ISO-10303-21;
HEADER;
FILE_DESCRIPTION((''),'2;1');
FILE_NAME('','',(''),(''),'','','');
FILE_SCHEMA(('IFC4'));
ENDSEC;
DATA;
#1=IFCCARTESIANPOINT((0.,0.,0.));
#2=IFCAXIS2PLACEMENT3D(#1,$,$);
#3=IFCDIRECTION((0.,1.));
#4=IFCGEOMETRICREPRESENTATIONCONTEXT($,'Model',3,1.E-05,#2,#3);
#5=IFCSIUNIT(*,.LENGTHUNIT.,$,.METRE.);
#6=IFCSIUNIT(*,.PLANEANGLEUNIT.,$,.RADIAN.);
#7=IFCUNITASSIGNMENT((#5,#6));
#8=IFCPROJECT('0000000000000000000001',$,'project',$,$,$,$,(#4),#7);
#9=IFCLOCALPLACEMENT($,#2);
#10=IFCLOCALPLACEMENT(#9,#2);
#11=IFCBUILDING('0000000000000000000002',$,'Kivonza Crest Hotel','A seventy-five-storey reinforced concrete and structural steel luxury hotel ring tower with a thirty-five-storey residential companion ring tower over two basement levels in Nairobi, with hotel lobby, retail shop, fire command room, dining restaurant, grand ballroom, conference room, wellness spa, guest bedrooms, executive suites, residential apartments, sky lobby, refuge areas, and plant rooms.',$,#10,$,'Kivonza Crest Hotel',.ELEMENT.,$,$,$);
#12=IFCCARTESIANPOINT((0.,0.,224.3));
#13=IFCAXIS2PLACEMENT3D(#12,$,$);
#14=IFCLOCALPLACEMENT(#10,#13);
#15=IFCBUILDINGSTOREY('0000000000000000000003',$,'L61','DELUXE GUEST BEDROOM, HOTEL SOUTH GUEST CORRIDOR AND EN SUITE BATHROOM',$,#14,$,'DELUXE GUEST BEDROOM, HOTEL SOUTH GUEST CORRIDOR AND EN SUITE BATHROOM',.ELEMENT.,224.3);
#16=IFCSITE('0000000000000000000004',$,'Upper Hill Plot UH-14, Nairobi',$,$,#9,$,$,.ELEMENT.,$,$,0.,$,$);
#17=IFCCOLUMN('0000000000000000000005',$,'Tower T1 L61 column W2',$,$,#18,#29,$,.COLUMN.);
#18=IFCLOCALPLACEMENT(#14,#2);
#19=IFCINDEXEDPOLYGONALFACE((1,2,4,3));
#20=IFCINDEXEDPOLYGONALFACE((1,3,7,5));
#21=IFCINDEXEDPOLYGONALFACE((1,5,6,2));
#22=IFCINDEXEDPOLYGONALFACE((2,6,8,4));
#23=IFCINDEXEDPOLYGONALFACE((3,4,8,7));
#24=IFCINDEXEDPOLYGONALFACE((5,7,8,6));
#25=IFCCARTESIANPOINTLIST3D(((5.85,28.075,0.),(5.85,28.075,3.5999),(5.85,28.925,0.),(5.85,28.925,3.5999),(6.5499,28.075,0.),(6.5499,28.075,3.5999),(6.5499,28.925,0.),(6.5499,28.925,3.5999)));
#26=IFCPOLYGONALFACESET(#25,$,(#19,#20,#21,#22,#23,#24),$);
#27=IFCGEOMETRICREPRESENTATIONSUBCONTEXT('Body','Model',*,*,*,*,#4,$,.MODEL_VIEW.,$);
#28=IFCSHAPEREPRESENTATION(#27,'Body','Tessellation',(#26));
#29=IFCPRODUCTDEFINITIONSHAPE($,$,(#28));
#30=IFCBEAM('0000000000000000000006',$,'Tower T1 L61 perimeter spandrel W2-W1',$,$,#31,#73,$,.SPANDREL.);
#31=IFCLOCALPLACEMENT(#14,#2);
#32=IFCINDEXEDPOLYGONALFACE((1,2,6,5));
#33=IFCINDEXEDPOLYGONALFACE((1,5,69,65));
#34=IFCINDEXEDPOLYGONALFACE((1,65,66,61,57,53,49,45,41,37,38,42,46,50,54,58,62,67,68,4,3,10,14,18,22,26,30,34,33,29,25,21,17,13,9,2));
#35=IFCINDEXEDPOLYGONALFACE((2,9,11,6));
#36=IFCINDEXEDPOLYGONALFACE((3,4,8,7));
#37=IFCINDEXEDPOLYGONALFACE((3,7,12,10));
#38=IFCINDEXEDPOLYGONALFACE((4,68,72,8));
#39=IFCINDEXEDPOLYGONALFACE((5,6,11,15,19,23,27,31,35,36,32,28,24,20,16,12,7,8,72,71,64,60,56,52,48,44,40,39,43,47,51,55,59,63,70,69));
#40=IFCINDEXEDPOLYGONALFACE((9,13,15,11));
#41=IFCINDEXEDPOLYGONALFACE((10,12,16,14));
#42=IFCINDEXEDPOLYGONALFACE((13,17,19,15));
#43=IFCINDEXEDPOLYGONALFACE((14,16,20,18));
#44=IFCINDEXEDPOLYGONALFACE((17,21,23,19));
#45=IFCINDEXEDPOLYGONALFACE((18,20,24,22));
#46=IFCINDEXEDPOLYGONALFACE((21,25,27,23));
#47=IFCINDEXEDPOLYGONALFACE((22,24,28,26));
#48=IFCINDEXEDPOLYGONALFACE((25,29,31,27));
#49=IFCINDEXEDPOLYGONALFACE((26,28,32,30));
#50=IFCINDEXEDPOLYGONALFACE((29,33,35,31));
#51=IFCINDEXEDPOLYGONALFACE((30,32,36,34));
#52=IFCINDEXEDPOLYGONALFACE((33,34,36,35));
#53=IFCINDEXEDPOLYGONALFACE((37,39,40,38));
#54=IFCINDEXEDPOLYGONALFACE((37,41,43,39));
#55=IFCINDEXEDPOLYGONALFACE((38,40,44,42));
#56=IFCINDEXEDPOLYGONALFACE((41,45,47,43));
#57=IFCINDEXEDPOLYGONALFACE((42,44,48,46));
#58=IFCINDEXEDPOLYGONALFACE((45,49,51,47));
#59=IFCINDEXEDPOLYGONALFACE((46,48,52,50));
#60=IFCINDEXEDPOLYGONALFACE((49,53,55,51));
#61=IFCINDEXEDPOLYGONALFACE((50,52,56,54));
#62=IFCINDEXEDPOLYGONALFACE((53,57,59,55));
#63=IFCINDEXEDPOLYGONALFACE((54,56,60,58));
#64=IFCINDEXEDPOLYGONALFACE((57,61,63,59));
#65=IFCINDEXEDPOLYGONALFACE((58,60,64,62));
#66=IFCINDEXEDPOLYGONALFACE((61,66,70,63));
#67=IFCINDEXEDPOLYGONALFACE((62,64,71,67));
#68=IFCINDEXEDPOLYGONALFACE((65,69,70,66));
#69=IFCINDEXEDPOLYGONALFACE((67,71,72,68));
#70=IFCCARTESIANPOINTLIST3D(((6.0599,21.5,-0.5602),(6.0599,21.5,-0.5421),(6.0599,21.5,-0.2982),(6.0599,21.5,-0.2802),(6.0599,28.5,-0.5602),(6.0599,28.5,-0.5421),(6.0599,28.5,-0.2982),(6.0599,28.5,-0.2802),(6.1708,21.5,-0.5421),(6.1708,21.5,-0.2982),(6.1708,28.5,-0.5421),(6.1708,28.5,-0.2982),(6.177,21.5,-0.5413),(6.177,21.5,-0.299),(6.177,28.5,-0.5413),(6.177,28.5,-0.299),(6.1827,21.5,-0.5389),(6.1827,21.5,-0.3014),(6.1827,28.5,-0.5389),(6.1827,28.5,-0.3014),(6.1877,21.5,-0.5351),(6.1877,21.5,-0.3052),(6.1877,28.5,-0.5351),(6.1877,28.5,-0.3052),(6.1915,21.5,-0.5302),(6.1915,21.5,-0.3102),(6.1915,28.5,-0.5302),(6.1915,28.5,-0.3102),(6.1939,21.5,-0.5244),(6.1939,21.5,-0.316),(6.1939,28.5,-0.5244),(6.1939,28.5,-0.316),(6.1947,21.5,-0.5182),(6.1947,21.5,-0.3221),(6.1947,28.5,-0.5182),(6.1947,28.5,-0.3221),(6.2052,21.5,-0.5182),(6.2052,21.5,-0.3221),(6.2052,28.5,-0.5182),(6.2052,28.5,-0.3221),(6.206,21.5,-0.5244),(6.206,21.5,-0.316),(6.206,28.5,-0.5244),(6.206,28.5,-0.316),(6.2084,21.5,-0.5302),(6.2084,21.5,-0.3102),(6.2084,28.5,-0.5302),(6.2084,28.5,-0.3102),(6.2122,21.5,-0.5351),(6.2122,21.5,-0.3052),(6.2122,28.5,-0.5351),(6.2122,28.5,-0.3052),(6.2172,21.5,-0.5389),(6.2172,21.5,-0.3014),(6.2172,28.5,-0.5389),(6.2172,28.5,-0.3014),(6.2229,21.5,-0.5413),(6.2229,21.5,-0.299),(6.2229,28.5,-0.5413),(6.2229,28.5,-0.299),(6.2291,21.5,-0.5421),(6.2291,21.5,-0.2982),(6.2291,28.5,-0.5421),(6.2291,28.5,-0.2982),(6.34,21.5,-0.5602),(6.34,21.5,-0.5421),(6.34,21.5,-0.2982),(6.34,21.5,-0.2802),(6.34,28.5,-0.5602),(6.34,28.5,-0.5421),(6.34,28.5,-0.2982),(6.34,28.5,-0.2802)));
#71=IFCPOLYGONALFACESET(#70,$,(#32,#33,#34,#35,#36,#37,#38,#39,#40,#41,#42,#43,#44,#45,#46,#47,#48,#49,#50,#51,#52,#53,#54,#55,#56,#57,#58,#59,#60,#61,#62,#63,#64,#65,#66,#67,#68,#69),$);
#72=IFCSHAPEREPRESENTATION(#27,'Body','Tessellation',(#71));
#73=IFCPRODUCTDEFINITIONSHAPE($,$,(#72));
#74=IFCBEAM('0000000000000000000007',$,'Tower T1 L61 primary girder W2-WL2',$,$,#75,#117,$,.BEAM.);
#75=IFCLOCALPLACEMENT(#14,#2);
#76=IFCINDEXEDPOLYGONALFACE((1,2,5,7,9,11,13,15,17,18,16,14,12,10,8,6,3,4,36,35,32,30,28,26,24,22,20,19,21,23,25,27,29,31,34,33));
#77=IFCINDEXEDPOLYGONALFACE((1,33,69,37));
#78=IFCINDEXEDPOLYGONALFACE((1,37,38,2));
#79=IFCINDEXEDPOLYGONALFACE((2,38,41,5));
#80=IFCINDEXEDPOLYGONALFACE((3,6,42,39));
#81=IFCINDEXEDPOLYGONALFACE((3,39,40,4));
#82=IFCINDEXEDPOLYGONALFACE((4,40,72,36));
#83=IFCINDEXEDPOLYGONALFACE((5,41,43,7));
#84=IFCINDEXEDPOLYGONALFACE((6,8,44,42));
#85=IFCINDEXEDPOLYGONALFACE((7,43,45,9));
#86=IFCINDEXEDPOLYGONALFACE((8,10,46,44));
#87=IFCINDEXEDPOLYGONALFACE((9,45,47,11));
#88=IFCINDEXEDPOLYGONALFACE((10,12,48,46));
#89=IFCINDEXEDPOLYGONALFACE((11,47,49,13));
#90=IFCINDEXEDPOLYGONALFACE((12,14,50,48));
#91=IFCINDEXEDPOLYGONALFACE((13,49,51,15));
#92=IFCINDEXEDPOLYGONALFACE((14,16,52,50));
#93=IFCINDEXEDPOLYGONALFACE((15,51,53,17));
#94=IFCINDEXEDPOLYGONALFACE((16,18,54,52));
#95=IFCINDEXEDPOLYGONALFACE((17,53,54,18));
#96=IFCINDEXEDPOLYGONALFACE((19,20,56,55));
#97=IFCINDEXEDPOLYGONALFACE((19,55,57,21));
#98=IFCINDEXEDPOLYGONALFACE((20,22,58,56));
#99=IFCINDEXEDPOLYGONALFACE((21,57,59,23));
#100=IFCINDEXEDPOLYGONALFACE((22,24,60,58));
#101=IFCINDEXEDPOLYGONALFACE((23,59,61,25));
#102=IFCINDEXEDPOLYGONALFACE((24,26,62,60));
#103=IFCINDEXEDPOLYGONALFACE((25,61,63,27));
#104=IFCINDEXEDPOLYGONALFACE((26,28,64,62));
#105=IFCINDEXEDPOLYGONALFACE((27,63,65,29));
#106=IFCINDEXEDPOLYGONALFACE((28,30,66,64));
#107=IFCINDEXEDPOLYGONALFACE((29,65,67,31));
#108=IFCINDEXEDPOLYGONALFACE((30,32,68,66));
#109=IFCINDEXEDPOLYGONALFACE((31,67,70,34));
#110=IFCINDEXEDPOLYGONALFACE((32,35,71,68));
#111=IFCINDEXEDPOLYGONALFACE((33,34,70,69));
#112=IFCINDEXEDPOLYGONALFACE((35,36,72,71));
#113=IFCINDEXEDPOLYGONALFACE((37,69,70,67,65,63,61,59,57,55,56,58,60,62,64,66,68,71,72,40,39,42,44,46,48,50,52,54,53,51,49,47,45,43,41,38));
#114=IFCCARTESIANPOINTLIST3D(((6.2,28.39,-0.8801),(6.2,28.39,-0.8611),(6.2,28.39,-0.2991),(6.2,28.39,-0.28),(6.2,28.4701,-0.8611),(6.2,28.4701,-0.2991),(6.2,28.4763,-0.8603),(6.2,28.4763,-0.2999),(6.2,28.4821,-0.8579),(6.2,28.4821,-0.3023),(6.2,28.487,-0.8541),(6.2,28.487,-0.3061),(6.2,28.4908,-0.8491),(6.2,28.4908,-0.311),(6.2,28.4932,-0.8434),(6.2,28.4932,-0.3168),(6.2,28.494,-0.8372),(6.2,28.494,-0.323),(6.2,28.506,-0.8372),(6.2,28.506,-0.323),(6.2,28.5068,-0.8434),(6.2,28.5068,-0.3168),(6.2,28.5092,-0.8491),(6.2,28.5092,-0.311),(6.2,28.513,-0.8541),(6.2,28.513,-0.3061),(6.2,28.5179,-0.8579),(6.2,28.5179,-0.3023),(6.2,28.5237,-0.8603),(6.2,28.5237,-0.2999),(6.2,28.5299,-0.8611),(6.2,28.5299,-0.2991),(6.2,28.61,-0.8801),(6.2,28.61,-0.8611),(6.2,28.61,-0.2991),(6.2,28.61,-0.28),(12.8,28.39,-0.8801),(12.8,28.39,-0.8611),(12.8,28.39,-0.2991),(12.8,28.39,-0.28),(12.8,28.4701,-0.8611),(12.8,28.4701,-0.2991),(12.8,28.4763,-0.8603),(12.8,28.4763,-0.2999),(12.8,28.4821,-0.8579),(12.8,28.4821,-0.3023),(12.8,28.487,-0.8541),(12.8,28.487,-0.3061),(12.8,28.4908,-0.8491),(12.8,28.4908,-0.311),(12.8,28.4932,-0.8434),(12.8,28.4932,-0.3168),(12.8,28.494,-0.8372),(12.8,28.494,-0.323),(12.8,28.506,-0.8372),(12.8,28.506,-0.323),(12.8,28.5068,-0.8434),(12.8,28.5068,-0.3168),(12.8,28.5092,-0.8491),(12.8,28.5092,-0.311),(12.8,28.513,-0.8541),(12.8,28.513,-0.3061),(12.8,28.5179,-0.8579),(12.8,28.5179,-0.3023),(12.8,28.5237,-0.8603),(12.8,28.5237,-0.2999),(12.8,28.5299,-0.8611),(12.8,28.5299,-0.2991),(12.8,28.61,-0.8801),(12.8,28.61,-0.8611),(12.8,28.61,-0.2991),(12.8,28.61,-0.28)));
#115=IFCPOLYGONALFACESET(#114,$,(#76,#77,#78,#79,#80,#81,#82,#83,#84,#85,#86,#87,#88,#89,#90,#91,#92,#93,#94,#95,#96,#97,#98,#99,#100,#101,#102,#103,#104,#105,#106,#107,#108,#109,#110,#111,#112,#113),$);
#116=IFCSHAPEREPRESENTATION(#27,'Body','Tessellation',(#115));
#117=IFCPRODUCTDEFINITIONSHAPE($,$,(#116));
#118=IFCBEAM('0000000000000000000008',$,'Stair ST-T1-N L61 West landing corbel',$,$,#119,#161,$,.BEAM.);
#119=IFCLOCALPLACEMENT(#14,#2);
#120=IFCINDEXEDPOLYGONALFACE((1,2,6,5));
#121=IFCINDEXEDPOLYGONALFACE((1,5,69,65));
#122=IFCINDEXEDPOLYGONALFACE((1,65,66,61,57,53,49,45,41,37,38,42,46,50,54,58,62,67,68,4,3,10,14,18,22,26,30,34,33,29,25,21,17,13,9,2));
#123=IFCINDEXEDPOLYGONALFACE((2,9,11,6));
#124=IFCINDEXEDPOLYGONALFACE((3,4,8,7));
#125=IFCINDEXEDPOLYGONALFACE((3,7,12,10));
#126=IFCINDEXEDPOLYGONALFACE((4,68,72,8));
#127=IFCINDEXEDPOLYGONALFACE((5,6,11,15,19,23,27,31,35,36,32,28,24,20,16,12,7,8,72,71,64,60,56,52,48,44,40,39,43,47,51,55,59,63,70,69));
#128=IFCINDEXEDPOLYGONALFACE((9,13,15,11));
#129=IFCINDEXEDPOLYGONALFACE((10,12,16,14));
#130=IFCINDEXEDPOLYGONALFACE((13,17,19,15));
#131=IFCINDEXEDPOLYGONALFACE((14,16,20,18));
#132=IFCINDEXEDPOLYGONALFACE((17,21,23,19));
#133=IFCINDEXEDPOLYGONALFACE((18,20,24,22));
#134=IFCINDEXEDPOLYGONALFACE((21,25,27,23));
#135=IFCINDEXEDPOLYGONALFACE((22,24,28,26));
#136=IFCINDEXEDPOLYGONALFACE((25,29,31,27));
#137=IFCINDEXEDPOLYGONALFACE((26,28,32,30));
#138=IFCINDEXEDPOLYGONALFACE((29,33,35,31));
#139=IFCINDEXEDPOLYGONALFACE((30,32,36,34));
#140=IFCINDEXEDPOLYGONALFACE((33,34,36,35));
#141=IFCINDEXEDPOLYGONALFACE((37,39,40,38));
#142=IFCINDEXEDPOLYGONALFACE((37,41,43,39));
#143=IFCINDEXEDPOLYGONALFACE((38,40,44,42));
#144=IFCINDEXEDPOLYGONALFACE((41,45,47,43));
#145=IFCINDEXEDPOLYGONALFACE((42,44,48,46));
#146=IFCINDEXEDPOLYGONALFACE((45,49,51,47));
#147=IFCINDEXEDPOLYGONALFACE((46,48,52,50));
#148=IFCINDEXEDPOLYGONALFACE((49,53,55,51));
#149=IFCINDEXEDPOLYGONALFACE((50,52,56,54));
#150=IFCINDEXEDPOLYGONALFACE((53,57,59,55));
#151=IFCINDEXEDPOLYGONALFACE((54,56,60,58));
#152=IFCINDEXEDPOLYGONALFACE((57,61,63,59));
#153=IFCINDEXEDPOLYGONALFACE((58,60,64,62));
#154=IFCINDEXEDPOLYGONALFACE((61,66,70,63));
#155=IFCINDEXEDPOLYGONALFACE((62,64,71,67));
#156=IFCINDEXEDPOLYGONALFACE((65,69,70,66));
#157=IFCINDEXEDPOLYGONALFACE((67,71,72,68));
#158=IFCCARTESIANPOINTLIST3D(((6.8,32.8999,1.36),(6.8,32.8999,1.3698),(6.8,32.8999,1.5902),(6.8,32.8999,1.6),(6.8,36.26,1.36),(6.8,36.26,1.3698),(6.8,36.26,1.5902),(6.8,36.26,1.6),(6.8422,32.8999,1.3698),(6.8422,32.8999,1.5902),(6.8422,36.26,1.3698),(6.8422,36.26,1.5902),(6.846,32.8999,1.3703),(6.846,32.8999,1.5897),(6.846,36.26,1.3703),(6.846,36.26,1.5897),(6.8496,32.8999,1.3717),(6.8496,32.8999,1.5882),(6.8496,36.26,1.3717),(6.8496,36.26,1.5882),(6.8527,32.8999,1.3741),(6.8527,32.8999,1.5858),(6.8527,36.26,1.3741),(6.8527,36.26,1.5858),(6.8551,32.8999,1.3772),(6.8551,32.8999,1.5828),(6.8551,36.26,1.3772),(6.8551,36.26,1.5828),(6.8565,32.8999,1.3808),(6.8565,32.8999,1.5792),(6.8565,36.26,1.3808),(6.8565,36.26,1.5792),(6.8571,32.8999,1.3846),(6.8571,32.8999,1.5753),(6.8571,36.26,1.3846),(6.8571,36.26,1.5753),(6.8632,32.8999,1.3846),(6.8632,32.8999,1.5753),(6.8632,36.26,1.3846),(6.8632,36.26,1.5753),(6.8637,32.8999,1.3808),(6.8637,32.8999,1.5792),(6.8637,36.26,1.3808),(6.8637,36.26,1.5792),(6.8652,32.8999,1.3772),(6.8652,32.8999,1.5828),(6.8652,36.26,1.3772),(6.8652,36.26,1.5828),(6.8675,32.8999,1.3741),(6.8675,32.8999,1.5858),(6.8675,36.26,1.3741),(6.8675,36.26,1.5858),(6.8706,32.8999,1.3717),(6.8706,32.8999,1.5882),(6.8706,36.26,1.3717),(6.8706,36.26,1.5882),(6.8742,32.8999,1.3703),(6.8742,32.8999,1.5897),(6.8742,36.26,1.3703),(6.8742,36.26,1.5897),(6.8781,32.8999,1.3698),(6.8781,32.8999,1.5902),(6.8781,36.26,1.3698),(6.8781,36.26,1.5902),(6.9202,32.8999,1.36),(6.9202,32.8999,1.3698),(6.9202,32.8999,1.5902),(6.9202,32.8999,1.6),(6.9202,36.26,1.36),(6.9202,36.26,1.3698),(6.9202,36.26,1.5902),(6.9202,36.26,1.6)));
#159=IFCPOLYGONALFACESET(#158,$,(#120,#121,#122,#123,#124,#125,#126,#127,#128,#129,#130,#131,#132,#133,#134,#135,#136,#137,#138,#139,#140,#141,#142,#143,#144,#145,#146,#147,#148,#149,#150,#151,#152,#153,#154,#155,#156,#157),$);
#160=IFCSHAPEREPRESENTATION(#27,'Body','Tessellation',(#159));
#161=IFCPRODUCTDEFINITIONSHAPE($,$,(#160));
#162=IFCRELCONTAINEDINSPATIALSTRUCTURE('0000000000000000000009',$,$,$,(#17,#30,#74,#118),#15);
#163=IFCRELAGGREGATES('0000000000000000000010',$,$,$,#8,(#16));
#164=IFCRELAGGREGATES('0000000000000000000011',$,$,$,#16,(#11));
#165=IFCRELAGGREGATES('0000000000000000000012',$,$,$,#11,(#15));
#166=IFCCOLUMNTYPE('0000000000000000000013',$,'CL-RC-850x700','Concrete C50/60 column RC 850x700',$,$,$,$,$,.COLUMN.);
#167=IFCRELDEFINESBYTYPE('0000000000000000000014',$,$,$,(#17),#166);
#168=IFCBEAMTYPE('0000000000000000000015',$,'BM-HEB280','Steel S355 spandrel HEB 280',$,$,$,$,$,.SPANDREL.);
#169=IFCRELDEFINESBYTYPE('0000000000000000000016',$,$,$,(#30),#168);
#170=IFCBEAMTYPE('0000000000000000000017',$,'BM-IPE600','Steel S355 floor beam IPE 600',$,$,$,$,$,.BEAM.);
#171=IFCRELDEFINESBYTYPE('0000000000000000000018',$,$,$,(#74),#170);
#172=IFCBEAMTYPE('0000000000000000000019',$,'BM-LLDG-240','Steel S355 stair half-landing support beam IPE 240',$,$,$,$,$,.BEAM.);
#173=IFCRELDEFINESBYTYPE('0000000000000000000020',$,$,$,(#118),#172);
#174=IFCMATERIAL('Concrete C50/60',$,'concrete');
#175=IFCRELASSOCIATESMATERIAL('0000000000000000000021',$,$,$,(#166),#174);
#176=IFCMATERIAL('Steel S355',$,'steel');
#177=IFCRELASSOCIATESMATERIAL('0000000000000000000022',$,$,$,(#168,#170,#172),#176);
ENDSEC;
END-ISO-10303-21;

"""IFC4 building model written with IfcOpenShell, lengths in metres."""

from ifc_helpers import new_model, si_unit, direction, frame, origin, origin_2d, place, context, subcontext, project, spatial, rectangle, i_section, extrude, material, material_profile, profile_set, type_object, element, save


model = new_model("IFC4")

# Units and contexts
model_context = context("Model", 3, precision=1e-05, world=origin(), true_north=direction((0.0, 1.0)))
body_context = subcontext(model_context, "Body", "Model", "MODEL_VIEW")
ifc_project = project(units=[si_unit("LENGTHUNIT", "METRE"), si_unit("PLANEANGLEUNIT", "RADIAN")], contexts=[model_context])

# Site, building, storey
site_placement = place(None, origin())
site = spatial("IfcSite", under=ifc_project, at=site_placement, Name="Upper Hill Plot UH-14, Nairobi", CompositionType="ELEMENT", RefElevation=0.0)
building_placement = place(site_placement, origin())
building = spatial("IfcBuilding", under=site, at=building_placement, Name="Kivonza Crest Hotel", Description="A seventy-five-storey reinforced concrete and structural steel luxury hotel ring tower with a thirty-five-storey residential companion ring tower over two basement levels in Nairobi, with hotel lobby, retail shop, fire command room, dining restaurant, grand ballroom, conference room, wellness spa, guest bedrooms, executive suites, residential apartments, sky lobby, refuge areas, and plant rooms.", LongName="Kivonza Crest Hotel", CompositionType="ELEMENT")
storey_placement = place(building_placement, frame((0.0, 0.0, 224.3)))
storey = spatial("IfcBuildingStorey", under=building, at=storey_placement, Name="L61", Description="DELUXE GUEST BEDROOM, HOTEL SOUTH GUEST CORRIDOR AND EN SUITE BATHROOM", LongName="DELUXE GUEST BEDROOM, HOTEL SOUTH GUEST CORRIDOR AND EN SUITE BATHROOM", CompositionType="ELEMENT", Elevation=224.3)

# Column
ifc_material_1 = material(Name="Concrete C50/60", Category="concrete")
ifc_material_profile_1 = material_profile(ifc_material_1, rectangle(XDim=0.7, YDim=0.8501, at=origin_2d()), Name="RC 850x700")
ifc_profile_set_1 = profile_set([ifc_material_profile_1], Name="Concrete C50/60")
column_type = type_object("IfcColumnType", Name="CL-RC-850x700", Description="Concrete C50/60 column RC 850x700", PredefinedType="COLUMN", material=ifc_profile_set_1)
column_placement = place(storey_placement, frame((6.2, 28.5, 0.0), z_axis=(0.0, 0.0, 1.0), x_axis=(1.0, 0.0, 0.0)))
element("IfcColumn", 1, at=column_placement, inside=storey, type_object=column_type, Name="Tower T1 L61 column W2", PredefinedType="COLUMN", context=body_context, shape_type="SweptSolid", body=[
    extrude(rectangle(XDim=0.7, YDim=0.8501, at=origin_2d()), origin(), (0.0, 0.0, 1.0), 3.5999),
])

# Beams
ifc_material_2 = material(Name="Steel S355", Category="steel")
ifc_material_profile_2 = material_profile(ifc_material_2, i_section(OverallWidth=0.28, OverallDepth=0.28, WebThickness=0.0105, FlangeThickness=0.0181, FilletRadius=0.0239, at=origin_2d()), Name="HEB 280")
ifc_profile_set_2 = profile_set([ifc_material_profile_2], Name="Steel S355")
beam_type_1 = type_object("IfcBeamType", Name="BM-HEB280", Description="Steel S355 spandrel HEB 280", PredefinedType="SPANDREL", material=ifc_profile_set_2)
beam_1_placement = place(storey_placement, frame((6.2, 28.5, -0.4202), z_axis=(0.0, -1.0, 0.0), x_axis=(1.0, 0.0, 0.0)))
element("IfcBeam", 2, at=beam_1_placement, inside=storey, type_object=beam_type_1, Name="Tower T1 L61 perimeter spandrel W2-W1", PredefinedType="SPANDREL", context=body_context, shape_type="SweptSolid", body=[
    extrude(i_section(OverallWidth=0.28, OverallDepth=0.28, WebThickness=0.0105, FlangeThickness=0.0181, FilletRadius=0.0239, at=origin_2d()), origin(), (0.0, 0.0, 1.0), 7.0),
])
ifc_material_profile_3 = material_profile(ifc_material_2, i_section(OverallWidth=0.22, OverallDepth=0.6001, WebThickness=0.012, FlangeThickness=0.019, FilletRadius=0.0239, at=origin_2d()), Name="IPE 600")
ifc_profile_set_3 = profile_set([ifc_material_profile_3], Name="Steel S355")
beam_type_2 = type_object("IfcBeamType", Name="BM-IPE600", Description="Steel S355 floor beam IPE 600", PredefinedType="BEAM", material=ifc_profile_set_3)
beam_2_placement = place(storey_placement, frame((6.2, 28.5, -0.5801), z_axis=(1.0, 0.0, 0.0), x_axis=(0.0, 1.0, 0.0)))
element("IfcBeam", 3, at=beam_2_placement, inside=storey, type_object=beam_type_2, Name="Tower T1 L61 primary girder W2-WL2", PredefinedType="BEAM", context=body_context, shape_type="SweptSolid", body=[
    extrude(i_section(OverallWidth=0.22, OverallDepth=0.6001, WebThickness=0.012, FlangeThickness=0.019, FilletRadius=0.0239, at=origin_2d()), origin(), (0.0, 0.0, 1.0), 6.6001),
])
ifc_material_profile_4 = material_profile(ifc_material_2, i_section(OverallWidth=0.1201, OverallDepth=0.24, WebThickness=0.0061, FlangeThickness=0.0098, FilletRadius=0.0149, at=origin_2d()), Name="IPE 240")
ifc_profile_set_4 = profile_set([ifc_material_profile_4], Name="Steel S355")
beam_type_3 = type_object("IfcBeamType", Name="BM-LLDG-240", Description="Steel S355 stair half-landing support beam IPE 240", PredefinedType="BEAM", material=ifc_profile_set_4)
beam_3_placement = place(storey_placement, frame((6.8601, 32.8999, 1.48), z_axis=(0.0, 1.0, 0.0), x_axis=(-1.0, 0.0, 0.0)))
element("IfcBeam", 4, at=beam_3_placement, inside=storey, type_object=beam_type_3, Name="Stair ST-T1-N L61 West landing corbel", PredefinedType="BEAM", context=body_context, shape_type="SweptSolid", body=[
    extrude(i_section(OverallWidth=0.1201, OverallDepth=0.24, WebThickness=0.0061, FlangeThickness=0.0098, FilletRadius=0.0149, at=origin_2d()), origin(), (0.0, 0.0, 1.0), 3.3601),
])

save(model, "model.ifc")
